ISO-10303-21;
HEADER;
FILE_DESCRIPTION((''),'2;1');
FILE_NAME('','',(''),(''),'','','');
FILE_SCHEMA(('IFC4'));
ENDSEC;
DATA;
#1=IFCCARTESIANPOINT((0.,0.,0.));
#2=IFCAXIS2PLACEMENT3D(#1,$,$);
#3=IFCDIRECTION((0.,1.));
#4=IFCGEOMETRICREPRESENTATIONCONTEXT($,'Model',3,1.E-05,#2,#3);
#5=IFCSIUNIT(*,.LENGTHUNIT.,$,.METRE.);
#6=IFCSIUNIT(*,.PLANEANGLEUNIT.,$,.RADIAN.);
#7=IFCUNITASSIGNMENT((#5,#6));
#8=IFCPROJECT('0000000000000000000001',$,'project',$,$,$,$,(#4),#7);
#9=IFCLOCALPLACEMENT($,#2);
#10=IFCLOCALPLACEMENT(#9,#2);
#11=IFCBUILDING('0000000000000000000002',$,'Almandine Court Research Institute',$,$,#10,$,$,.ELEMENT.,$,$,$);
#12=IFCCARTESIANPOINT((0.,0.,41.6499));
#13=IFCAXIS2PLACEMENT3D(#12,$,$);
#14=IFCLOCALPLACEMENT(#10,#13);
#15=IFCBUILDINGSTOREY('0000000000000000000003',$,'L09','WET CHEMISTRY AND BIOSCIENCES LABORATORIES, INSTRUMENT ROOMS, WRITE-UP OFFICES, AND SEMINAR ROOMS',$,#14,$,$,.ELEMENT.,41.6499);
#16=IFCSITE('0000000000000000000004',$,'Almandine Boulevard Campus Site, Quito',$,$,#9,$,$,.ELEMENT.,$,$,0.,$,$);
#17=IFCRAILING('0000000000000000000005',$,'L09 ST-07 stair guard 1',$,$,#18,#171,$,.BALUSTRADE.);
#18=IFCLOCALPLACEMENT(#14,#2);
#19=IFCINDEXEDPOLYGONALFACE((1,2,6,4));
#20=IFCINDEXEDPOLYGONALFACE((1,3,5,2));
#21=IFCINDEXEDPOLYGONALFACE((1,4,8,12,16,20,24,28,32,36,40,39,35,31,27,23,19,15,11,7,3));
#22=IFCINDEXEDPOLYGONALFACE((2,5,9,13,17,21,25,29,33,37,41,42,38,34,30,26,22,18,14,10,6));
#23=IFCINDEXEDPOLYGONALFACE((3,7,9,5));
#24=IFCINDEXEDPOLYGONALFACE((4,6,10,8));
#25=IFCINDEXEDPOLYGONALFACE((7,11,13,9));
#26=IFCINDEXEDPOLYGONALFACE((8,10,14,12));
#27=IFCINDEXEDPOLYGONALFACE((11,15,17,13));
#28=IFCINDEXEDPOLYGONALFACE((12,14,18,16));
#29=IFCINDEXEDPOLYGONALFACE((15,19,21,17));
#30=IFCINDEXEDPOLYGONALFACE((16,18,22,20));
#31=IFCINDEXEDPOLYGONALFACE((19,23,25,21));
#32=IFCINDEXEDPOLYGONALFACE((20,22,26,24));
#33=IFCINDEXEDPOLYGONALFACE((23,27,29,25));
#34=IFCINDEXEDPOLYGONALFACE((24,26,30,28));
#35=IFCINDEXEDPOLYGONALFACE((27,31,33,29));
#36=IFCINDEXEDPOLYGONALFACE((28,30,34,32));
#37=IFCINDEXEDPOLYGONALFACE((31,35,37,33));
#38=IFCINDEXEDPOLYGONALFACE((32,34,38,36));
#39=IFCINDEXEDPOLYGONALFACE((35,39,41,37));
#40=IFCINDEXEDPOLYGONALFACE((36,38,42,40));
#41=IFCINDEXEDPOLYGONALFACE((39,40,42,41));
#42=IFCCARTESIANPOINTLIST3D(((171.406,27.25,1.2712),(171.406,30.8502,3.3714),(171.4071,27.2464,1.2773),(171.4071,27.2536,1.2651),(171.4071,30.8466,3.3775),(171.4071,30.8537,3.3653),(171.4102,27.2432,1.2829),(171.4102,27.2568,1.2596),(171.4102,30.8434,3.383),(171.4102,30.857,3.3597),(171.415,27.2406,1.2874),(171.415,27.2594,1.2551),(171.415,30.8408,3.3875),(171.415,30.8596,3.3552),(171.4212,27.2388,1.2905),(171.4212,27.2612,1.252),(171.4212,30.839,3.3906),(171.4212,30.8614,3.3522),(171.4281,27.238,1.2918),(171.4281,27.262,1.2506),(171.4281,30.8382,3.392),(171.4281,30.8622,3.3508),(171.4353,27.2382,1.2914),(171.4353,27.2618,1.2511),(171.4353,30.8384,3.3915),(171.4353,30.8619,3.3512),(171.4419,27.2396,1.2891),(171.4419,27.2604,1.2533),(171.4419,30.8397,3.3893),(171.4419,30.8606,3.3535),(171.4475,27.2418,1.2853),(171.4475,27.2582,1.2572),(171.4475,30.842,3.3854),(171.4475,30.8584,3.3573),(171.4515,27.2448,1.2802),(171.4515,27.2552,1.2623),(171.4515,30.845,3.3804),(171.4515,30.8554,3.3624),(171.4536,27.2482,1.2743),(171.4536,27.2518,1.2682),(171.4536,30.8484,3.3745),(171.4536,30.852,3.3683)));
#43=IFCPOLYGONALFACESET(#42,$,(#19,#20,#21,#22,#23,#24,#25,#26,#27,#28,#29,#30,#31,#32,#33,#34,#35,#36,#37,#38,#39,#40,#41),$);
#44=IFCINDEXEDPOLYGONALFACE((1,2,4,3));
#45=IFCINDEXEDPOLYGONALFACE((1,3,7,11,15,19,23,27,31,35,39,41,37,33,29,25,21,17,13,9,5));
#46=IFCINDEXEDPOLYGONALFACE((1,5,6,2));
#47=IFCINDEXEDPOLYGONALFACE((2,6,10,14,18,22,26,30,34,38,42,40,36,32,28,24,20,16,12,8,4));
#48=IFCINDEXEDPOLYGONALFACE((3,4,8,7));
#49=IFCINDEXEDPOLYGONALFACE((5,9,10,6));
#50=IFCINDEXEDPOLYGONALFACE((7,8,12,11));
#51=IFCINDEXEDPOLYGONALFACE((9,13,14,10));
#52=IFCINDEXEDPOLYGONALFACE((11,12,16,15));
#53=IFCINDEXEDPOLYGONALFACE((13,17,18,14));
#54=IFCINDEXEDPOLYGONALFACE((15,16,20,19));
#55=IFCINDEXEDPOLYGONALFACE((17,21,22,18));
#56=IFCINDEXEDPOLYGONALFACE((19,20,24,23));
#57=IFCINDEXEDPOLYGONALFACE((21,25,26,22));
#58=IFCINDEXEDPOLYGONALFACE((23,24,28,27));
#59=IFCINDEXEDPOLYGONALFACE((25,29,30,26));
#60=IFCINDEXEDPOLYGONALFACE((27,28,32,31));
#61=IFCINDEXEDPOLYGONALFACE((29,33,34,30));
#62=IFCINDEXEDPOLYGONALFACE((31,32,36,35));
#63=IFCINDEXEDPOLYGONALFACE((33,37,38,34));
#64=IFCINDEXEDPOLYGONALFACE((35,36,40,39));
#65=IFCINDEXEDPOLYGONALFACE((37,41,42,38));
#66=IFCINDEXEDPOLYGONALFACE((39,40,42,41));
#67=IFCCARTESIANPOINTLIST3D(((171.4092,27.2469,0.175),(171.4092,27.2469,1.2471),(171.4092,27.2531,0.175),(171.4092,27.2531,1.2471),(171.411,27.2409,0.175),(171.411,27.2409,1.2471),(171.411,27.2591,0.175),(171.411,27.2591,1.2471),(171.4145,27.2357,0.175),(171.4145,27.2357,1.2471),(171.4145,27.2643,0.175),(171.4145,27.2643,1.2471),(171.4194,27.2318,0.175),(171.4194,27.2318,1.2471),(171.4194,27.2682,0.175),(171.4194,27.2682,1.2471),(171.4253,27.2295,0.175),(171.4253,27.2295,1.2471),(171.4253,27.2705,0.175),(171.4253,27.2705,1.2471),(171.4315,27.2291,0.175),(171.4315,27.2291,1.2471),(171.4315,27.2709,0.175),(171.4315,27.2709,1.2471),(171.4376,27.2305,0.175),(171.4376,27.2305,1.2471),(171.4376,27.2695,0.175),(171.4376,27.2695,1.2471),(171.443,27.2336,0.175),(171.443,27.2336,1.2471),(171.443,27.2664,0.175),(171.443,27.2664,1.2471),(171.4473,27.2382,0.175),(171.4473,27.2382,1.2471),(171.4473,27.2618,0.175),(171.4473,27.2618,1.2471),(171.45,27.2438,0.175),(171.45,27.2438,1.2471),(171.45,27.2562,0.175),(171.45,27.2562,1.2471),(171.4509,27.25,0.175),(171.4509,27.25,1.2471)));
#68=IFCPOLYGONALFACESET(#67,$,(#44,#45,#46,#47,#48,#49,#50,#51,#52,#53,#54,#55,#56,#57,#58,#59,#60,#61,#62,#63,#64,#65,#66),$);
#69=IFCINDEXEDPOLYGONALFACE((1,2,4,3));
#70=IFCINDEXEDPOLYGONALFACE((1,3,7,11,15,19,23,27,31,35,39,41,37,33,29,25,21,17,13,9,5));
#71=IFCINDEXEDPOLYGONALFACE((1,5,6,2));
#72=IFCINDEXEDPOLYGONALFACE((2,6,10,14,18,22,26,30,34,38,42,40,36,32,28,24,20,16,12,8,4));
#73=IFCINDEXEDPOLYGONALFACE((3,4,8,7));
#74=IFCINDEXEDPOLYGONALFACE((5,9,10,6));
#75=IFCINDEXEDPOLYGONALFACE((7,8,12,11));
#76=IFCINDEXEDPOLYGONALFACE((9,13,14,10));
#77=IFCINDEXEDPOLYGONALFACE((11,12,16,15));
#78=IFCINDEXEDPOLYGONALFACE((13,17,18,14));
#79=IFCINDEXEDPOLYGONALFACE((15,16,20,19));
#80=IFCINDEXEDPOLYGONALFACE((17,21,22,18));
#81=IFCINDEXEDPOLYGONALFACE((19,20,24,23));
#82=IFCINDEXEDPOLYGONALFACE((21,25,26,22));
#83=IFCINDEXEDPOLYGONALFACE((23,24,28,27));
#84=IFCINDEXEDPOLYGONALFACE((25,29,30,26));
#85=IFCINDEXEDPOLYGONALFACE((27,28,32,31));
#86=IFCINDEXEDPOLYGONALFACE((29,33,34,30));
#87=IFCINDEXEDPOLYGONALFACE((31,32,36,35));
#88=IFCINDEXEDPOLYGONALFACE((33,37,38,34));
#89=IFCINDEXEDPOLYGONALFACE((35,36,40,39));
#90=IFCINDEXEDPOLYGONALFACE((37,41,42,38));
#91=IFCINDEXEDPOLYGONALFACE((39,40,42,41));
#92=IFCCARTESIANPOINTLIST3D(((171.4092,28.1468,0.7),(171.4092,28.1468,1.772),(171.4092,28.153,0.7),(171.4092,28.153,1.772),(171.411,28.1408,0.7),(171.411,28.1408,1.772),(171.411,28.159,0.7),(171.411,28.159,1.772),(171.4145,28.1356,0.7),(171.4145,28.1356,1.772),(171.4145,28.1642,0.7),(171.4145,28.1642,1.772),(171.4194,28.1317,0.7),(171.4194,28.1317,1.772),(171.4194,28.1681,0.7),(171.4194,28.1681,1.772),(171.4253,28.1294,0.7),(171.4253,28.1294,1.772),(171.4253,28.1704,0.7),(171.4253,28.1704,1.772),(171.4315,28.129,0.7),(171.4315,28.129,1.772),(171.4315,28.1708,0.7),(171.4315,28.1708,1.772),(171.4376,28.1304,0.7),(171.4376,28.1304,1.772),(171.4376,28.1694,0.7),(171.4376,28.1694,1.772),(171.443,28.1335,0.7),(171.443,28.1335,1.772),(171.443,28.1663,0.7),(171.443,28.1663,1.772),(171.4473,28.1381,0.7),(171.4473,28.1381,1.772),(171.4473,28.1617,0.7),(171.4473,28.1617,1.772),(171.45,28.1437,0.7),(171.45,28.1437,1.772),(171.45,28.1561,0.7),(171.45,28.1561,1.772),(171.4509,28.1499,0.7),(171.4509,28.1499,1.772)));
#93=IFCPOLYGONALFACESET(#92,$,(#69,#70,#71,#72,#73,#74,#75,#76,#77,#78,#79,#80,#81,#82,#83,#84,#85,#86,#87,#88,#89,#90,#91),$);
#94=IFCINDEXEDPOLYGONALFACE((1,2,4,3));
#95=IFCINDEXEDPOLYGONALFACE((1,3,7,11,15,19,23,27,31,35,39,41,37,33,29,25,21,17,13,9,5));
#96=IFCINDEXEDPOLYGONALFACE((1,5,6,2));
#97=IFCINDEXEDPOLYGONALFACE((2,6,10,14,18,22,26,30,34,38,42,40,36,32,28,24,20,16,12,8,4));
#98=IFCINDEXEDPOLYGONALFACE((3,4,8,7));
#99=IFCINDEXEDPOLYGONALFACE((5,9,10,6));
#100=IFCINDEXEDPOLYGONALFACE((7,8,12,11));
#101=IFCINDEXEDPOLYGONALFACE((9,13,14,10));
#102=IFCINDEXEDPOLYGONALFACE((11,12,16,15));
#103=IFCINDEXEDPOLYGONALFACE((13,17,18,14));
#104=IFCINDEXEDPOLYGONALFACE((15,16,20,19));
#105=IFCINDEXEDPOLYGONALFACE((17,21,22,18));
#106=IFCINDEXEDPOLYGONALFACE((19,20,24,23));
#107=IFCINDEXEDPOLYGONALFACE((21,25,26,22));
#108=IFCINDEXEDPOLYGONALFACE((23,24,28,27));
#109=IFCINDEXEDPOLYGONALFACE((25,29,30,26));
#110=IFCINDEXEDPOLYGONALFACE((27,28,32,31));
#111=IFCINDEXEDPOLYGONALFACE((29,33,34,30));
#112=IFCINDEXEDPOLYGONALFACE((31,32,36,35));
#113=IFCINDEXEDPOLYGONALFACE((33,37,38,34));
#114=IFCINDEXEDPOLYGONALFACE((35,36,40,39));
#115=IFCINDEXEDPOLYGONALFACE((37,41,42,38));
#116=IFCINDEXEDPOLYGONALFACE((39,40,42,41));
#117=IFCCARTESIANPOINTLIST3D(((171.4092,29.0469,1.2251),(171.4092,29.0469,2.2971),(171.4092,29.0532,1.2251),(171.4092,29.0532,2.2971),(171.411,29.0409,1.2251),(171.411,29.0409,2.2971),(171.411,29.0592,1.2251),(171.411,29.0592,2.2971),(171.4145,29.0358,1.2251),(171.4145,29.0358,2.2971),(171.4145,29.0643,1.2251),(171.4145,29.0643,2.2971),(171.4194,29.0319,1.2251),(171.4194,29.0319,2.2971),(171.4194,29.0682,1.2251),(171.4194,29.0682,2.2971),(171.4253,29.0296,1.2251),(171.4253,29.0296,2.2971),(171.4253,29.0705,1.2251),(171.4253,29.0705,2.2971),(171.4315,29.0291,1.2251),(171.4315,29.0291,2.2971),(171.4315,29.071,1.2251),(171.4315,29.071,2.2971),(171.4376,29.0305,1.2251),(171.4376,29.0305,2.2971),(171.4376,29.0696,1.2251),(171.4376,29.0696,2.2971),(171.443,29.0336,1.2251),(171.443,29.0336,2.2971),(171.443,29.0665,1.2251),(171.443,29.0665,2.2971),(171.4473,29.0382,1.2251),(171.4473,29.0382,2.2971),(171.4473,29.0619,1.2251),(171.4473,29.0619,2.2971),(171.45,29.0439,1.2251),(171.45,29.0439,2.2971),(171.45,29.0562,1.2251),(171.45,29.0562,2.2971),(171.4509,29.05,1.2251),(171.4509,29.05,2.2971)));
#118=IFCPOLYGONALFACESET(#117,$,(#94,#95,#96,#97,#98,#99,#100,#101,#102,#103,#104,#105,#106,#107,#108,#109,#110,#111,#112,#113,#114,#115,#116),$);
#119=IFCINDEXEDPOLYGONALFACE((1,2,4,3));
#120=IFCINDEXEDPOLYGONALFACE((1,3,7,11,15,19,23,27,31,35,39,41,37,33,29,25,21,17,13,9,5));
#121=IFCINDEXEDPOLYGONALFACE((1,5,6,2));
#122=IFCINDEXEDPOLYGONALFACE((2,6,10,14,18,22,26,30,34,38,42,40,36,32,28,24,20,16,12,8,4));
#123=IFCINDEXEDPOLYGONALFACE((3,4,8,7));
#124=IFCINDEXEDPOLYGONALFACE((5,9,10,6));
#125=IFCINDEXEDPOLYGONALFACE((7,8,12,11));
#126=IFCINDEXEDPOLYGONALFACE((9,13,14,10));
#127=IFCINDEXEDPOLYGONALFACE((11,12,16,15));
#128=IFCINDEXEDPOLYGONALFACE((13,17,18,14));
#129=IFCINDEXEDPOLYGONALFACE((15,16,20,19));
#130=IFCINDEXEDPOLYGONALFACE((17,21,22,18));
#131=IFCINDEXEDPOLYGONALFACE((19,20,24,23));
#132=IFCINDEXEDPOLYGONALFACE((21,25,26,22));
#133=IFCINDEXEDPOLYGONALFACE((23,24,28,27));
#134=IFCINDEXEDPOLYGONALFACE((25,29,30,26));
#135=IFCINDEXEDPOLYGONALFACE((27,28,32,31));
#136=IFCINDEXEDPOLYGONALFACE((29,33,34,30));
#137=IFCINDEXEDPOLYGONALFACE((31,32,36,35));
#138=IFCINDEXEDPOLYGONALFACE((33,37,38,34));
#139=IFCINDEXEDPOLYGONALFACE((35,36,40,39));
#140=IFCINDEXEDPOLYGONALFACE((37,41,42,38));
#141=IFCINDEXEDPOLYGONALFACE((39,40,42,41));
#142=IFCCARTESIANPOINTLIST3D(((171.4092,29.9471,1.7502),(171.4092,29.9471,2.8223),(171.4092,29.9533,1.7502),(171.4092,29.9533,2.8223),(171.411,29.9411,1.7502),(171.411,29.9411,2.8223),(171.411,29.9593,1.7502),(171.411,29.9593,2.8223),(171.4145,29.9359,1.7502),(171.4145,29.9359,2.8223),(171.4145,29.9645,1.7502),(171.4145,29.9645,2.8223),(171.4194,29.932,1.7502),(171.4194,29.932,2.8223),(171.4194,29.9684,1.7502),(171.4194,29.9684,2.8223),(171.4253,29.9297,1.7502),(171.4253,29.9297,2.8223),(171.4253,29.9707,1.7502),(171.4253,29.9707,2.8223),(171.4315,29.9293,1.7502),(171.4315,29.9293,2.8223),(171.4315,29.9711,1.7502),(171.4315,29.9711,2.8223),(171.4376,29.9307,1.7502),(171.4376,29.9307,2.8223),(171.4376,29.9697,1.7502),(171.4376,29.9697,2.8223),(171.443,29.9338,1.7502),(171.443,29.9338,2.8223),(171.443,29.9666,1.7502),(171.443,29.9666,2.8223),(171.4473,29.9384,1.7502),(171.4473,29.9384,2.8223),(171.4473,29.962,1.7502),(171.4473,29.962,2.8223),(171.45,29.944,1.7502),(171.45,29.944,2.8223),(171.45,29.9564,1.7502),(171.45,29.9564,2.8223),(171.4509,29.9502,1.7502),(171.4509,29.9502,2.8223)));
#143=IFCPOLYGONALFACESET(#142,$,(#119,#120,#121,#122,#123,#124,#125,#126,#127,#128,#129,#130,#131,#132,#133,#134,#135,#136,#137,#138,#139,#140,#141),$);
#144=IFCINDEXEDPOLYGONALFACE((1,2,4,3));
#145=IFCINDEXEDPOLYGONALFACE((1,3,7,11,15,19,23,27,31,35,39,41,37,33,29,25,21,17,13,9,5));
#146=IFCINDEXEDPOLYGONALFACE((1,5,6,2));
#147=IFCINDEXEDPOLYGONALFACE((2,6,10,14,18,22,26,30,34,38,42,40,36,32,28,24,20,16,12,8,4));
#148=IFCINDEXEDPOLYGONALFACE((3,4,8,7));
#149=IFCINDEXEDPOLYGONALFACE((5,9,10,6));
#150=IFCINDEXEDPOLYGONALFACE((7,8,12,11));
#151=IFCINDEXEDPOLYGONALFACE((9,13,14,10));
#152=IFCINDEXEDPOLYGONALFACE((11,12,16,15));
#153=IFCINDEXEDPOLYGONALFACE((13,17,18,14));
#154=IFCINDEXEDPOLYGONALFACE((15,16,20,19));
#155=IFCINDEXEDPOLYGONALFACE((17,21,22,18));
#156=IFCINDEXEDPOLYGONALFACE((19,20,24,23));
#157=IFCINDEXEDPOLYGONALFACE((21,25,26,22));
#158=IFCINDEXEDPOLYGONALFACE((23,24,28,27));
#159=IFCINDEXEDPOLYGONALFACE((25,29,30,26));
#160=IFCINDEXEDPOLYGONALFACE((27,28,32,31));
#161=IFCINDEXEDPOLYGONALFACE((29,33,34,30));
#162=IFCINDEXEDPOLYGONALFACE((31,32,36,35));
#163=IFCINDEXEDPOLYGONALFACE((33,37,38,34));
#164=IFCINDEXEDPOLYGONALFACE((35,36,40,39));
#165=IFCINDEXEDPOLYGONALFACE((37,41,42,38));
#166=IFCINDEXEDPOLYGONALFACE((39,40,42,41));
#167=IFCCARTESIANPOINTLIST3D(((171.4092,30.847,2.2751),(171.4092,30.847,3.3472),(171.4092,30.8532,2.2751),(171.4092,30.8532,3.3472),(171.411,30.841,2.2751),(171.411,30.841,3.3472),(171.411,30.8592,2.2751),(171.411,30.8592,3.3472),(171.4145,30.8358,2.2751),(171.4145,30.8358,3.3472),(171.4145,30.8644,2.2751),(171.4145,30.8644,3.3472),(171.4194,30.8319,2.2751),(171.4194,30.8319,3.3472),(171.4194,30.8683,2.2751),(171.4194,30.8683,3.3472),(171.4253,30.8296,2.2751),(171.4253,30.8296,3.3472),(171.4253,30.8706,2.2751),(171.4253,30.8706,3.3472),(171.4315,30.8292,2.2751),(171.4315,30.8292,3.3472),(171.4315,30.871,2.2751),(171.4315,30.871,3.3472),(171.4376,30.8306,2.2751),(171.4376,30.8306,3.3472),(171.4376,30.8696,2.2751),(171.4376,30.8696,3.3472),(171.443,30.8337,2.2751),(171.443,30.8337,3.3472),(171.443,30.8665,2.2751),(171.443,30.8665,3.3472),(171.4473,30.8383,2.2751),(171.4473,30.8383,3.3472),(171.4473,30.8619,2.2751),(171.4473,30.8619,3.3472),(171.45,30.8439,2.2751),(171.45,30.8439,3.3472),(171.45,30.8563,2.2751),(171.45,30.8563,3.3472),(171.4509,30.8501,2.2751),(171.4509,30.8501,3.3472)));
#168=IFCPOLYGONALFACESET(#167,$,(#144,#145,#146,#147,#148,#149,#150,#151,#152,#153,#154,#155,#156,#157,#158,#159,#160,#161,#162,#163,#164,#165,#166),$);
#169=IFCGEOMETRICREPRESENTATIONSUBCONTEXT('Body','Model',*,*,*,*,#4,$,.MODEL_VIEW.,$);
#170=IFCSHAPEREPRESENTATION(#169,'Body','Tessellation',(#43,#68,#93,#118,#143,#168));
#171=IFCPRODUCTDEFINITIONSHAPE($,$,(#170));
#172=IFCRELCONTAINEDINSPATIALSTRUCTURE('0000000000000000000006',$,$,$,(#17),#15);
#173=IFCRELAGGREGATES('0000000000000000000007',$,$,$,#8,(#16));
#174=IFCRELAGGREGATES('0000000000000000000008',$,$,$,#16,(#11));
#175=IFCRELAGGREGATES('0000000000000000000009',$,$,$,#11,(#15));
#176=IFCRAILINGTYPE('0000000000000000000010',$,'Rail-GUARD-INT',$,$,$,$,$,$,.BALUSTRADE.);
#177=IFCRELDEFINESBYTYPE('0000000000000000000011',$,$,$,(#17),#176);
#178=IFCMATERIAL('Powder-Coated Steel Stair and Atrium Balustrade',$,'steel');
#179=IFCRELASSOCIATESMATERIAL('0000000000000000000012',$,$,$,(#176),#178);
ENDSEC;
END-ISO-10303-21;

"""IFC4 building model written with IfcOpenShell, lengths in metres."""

from ifc_helpers import new_model, si_unit, direction, frame, origin, origin_2d, place, context, subcontext, project, spatial, circle, extrude, material, type_object, element, save


model = new_model("IFC4")

# Units and contexts
model_context = context("Model", 3, precision=1e-05, world=origin(), true_north=direction((0.0, 1.0)))
body_context = subcontext(model_context, "Body", "Model", "MODEL_VIEW")
ifc_project = project(units=[si_unit("LENGTHUNIT", "METRE"), si_unit("PLANEANGLEUNIT", "RADIAN")], contexts=[model_context])

# Site, building, storey
site_placement = place(None, origin())
site = spatial("IfcSite", under=ifc_project, at=site_placement, Name="Almandine Boulevard Campus Site, Quito", CompositionType="ELEMENT", RefElevation=0.0)
building_placement = place(site_placement, origin())
building = spatial("IfcBuilding", under=site, at=building_placement, Name="Almandine Court Research Institute", CompositionType="ELEMENT")
storey_placement = place(building_placement, frame((0.0, 0.0, 41.6499)))
storey = spatial("IfcBuildingStorey", under=building, at=storey_placement, Name="L09", Description="WET CHEMISTRY AND BIOSCIENCES LABORATORIES, INSTRUMENT ROOMS, WRITE-UP OFFICES, AND SEMINAR ROOMS", CompositionType="ELEMENT", Elevation=41.6499)

# Railing
ifc_material_1 = material(Name="Powder-Coated Steel Stair and Atrium Balustrade", Category="steel")
railing_type_1 = type_object("IfcRailingType", Name="Rail-GUARD-INT", PredefinedType="BALUSTRADE", material=ifc_material_1)
railing_1_placement = place(storey_placement, frame((171.4299, 27.25, 0.175)))
element("IfcRailing", 1, at=railing_1_placement, inside=storey, type_object=railing_type_1, Name="L09 ST-07 stair guard 1", PredefinedType="BALUSTRADE", context=body_context, shape_type="SweptSolid", body=[
    extrude(circle(Radius=0.0239, at=origin_2d()), frame((0.0, 0.0, 1.0962), z_axis=(0.0, 0.863775, 0.503878), x_axis=(-1.0, 0.0, 0.0)), (0.0, 0.0, 1.0), 4.168),
    extrude(circle(Radius=0.021, at=origin_2d()), origin(), (0.0, 0.0, 1.0), 1.072),
    extrude(circle(Radius=0.021, at=origin_2d()), frame((0.0, 0.8999, 0.5249)), (0.0, 0.0, 1.0), 1.072),
    extrude(circle(Radius=0.021, at=origin_2d()), frame((0.0, 1.8, 1.05)), (0.0, 0.0, 1.0), 1.072),
    extrude(circle(Radius=0.021, at=origin_2d()), frame((0.0, 2.7002, 1.5752)), (0.0, 0.0, 1.0), 1.072),
    extrude(circle(Radius=0.021, at=origin_2d()), frame((0.0, 3.6001, 2.1001)), (0.0, 0.0, 1.0), 1.072),
])

save(model, "model.ifc")
